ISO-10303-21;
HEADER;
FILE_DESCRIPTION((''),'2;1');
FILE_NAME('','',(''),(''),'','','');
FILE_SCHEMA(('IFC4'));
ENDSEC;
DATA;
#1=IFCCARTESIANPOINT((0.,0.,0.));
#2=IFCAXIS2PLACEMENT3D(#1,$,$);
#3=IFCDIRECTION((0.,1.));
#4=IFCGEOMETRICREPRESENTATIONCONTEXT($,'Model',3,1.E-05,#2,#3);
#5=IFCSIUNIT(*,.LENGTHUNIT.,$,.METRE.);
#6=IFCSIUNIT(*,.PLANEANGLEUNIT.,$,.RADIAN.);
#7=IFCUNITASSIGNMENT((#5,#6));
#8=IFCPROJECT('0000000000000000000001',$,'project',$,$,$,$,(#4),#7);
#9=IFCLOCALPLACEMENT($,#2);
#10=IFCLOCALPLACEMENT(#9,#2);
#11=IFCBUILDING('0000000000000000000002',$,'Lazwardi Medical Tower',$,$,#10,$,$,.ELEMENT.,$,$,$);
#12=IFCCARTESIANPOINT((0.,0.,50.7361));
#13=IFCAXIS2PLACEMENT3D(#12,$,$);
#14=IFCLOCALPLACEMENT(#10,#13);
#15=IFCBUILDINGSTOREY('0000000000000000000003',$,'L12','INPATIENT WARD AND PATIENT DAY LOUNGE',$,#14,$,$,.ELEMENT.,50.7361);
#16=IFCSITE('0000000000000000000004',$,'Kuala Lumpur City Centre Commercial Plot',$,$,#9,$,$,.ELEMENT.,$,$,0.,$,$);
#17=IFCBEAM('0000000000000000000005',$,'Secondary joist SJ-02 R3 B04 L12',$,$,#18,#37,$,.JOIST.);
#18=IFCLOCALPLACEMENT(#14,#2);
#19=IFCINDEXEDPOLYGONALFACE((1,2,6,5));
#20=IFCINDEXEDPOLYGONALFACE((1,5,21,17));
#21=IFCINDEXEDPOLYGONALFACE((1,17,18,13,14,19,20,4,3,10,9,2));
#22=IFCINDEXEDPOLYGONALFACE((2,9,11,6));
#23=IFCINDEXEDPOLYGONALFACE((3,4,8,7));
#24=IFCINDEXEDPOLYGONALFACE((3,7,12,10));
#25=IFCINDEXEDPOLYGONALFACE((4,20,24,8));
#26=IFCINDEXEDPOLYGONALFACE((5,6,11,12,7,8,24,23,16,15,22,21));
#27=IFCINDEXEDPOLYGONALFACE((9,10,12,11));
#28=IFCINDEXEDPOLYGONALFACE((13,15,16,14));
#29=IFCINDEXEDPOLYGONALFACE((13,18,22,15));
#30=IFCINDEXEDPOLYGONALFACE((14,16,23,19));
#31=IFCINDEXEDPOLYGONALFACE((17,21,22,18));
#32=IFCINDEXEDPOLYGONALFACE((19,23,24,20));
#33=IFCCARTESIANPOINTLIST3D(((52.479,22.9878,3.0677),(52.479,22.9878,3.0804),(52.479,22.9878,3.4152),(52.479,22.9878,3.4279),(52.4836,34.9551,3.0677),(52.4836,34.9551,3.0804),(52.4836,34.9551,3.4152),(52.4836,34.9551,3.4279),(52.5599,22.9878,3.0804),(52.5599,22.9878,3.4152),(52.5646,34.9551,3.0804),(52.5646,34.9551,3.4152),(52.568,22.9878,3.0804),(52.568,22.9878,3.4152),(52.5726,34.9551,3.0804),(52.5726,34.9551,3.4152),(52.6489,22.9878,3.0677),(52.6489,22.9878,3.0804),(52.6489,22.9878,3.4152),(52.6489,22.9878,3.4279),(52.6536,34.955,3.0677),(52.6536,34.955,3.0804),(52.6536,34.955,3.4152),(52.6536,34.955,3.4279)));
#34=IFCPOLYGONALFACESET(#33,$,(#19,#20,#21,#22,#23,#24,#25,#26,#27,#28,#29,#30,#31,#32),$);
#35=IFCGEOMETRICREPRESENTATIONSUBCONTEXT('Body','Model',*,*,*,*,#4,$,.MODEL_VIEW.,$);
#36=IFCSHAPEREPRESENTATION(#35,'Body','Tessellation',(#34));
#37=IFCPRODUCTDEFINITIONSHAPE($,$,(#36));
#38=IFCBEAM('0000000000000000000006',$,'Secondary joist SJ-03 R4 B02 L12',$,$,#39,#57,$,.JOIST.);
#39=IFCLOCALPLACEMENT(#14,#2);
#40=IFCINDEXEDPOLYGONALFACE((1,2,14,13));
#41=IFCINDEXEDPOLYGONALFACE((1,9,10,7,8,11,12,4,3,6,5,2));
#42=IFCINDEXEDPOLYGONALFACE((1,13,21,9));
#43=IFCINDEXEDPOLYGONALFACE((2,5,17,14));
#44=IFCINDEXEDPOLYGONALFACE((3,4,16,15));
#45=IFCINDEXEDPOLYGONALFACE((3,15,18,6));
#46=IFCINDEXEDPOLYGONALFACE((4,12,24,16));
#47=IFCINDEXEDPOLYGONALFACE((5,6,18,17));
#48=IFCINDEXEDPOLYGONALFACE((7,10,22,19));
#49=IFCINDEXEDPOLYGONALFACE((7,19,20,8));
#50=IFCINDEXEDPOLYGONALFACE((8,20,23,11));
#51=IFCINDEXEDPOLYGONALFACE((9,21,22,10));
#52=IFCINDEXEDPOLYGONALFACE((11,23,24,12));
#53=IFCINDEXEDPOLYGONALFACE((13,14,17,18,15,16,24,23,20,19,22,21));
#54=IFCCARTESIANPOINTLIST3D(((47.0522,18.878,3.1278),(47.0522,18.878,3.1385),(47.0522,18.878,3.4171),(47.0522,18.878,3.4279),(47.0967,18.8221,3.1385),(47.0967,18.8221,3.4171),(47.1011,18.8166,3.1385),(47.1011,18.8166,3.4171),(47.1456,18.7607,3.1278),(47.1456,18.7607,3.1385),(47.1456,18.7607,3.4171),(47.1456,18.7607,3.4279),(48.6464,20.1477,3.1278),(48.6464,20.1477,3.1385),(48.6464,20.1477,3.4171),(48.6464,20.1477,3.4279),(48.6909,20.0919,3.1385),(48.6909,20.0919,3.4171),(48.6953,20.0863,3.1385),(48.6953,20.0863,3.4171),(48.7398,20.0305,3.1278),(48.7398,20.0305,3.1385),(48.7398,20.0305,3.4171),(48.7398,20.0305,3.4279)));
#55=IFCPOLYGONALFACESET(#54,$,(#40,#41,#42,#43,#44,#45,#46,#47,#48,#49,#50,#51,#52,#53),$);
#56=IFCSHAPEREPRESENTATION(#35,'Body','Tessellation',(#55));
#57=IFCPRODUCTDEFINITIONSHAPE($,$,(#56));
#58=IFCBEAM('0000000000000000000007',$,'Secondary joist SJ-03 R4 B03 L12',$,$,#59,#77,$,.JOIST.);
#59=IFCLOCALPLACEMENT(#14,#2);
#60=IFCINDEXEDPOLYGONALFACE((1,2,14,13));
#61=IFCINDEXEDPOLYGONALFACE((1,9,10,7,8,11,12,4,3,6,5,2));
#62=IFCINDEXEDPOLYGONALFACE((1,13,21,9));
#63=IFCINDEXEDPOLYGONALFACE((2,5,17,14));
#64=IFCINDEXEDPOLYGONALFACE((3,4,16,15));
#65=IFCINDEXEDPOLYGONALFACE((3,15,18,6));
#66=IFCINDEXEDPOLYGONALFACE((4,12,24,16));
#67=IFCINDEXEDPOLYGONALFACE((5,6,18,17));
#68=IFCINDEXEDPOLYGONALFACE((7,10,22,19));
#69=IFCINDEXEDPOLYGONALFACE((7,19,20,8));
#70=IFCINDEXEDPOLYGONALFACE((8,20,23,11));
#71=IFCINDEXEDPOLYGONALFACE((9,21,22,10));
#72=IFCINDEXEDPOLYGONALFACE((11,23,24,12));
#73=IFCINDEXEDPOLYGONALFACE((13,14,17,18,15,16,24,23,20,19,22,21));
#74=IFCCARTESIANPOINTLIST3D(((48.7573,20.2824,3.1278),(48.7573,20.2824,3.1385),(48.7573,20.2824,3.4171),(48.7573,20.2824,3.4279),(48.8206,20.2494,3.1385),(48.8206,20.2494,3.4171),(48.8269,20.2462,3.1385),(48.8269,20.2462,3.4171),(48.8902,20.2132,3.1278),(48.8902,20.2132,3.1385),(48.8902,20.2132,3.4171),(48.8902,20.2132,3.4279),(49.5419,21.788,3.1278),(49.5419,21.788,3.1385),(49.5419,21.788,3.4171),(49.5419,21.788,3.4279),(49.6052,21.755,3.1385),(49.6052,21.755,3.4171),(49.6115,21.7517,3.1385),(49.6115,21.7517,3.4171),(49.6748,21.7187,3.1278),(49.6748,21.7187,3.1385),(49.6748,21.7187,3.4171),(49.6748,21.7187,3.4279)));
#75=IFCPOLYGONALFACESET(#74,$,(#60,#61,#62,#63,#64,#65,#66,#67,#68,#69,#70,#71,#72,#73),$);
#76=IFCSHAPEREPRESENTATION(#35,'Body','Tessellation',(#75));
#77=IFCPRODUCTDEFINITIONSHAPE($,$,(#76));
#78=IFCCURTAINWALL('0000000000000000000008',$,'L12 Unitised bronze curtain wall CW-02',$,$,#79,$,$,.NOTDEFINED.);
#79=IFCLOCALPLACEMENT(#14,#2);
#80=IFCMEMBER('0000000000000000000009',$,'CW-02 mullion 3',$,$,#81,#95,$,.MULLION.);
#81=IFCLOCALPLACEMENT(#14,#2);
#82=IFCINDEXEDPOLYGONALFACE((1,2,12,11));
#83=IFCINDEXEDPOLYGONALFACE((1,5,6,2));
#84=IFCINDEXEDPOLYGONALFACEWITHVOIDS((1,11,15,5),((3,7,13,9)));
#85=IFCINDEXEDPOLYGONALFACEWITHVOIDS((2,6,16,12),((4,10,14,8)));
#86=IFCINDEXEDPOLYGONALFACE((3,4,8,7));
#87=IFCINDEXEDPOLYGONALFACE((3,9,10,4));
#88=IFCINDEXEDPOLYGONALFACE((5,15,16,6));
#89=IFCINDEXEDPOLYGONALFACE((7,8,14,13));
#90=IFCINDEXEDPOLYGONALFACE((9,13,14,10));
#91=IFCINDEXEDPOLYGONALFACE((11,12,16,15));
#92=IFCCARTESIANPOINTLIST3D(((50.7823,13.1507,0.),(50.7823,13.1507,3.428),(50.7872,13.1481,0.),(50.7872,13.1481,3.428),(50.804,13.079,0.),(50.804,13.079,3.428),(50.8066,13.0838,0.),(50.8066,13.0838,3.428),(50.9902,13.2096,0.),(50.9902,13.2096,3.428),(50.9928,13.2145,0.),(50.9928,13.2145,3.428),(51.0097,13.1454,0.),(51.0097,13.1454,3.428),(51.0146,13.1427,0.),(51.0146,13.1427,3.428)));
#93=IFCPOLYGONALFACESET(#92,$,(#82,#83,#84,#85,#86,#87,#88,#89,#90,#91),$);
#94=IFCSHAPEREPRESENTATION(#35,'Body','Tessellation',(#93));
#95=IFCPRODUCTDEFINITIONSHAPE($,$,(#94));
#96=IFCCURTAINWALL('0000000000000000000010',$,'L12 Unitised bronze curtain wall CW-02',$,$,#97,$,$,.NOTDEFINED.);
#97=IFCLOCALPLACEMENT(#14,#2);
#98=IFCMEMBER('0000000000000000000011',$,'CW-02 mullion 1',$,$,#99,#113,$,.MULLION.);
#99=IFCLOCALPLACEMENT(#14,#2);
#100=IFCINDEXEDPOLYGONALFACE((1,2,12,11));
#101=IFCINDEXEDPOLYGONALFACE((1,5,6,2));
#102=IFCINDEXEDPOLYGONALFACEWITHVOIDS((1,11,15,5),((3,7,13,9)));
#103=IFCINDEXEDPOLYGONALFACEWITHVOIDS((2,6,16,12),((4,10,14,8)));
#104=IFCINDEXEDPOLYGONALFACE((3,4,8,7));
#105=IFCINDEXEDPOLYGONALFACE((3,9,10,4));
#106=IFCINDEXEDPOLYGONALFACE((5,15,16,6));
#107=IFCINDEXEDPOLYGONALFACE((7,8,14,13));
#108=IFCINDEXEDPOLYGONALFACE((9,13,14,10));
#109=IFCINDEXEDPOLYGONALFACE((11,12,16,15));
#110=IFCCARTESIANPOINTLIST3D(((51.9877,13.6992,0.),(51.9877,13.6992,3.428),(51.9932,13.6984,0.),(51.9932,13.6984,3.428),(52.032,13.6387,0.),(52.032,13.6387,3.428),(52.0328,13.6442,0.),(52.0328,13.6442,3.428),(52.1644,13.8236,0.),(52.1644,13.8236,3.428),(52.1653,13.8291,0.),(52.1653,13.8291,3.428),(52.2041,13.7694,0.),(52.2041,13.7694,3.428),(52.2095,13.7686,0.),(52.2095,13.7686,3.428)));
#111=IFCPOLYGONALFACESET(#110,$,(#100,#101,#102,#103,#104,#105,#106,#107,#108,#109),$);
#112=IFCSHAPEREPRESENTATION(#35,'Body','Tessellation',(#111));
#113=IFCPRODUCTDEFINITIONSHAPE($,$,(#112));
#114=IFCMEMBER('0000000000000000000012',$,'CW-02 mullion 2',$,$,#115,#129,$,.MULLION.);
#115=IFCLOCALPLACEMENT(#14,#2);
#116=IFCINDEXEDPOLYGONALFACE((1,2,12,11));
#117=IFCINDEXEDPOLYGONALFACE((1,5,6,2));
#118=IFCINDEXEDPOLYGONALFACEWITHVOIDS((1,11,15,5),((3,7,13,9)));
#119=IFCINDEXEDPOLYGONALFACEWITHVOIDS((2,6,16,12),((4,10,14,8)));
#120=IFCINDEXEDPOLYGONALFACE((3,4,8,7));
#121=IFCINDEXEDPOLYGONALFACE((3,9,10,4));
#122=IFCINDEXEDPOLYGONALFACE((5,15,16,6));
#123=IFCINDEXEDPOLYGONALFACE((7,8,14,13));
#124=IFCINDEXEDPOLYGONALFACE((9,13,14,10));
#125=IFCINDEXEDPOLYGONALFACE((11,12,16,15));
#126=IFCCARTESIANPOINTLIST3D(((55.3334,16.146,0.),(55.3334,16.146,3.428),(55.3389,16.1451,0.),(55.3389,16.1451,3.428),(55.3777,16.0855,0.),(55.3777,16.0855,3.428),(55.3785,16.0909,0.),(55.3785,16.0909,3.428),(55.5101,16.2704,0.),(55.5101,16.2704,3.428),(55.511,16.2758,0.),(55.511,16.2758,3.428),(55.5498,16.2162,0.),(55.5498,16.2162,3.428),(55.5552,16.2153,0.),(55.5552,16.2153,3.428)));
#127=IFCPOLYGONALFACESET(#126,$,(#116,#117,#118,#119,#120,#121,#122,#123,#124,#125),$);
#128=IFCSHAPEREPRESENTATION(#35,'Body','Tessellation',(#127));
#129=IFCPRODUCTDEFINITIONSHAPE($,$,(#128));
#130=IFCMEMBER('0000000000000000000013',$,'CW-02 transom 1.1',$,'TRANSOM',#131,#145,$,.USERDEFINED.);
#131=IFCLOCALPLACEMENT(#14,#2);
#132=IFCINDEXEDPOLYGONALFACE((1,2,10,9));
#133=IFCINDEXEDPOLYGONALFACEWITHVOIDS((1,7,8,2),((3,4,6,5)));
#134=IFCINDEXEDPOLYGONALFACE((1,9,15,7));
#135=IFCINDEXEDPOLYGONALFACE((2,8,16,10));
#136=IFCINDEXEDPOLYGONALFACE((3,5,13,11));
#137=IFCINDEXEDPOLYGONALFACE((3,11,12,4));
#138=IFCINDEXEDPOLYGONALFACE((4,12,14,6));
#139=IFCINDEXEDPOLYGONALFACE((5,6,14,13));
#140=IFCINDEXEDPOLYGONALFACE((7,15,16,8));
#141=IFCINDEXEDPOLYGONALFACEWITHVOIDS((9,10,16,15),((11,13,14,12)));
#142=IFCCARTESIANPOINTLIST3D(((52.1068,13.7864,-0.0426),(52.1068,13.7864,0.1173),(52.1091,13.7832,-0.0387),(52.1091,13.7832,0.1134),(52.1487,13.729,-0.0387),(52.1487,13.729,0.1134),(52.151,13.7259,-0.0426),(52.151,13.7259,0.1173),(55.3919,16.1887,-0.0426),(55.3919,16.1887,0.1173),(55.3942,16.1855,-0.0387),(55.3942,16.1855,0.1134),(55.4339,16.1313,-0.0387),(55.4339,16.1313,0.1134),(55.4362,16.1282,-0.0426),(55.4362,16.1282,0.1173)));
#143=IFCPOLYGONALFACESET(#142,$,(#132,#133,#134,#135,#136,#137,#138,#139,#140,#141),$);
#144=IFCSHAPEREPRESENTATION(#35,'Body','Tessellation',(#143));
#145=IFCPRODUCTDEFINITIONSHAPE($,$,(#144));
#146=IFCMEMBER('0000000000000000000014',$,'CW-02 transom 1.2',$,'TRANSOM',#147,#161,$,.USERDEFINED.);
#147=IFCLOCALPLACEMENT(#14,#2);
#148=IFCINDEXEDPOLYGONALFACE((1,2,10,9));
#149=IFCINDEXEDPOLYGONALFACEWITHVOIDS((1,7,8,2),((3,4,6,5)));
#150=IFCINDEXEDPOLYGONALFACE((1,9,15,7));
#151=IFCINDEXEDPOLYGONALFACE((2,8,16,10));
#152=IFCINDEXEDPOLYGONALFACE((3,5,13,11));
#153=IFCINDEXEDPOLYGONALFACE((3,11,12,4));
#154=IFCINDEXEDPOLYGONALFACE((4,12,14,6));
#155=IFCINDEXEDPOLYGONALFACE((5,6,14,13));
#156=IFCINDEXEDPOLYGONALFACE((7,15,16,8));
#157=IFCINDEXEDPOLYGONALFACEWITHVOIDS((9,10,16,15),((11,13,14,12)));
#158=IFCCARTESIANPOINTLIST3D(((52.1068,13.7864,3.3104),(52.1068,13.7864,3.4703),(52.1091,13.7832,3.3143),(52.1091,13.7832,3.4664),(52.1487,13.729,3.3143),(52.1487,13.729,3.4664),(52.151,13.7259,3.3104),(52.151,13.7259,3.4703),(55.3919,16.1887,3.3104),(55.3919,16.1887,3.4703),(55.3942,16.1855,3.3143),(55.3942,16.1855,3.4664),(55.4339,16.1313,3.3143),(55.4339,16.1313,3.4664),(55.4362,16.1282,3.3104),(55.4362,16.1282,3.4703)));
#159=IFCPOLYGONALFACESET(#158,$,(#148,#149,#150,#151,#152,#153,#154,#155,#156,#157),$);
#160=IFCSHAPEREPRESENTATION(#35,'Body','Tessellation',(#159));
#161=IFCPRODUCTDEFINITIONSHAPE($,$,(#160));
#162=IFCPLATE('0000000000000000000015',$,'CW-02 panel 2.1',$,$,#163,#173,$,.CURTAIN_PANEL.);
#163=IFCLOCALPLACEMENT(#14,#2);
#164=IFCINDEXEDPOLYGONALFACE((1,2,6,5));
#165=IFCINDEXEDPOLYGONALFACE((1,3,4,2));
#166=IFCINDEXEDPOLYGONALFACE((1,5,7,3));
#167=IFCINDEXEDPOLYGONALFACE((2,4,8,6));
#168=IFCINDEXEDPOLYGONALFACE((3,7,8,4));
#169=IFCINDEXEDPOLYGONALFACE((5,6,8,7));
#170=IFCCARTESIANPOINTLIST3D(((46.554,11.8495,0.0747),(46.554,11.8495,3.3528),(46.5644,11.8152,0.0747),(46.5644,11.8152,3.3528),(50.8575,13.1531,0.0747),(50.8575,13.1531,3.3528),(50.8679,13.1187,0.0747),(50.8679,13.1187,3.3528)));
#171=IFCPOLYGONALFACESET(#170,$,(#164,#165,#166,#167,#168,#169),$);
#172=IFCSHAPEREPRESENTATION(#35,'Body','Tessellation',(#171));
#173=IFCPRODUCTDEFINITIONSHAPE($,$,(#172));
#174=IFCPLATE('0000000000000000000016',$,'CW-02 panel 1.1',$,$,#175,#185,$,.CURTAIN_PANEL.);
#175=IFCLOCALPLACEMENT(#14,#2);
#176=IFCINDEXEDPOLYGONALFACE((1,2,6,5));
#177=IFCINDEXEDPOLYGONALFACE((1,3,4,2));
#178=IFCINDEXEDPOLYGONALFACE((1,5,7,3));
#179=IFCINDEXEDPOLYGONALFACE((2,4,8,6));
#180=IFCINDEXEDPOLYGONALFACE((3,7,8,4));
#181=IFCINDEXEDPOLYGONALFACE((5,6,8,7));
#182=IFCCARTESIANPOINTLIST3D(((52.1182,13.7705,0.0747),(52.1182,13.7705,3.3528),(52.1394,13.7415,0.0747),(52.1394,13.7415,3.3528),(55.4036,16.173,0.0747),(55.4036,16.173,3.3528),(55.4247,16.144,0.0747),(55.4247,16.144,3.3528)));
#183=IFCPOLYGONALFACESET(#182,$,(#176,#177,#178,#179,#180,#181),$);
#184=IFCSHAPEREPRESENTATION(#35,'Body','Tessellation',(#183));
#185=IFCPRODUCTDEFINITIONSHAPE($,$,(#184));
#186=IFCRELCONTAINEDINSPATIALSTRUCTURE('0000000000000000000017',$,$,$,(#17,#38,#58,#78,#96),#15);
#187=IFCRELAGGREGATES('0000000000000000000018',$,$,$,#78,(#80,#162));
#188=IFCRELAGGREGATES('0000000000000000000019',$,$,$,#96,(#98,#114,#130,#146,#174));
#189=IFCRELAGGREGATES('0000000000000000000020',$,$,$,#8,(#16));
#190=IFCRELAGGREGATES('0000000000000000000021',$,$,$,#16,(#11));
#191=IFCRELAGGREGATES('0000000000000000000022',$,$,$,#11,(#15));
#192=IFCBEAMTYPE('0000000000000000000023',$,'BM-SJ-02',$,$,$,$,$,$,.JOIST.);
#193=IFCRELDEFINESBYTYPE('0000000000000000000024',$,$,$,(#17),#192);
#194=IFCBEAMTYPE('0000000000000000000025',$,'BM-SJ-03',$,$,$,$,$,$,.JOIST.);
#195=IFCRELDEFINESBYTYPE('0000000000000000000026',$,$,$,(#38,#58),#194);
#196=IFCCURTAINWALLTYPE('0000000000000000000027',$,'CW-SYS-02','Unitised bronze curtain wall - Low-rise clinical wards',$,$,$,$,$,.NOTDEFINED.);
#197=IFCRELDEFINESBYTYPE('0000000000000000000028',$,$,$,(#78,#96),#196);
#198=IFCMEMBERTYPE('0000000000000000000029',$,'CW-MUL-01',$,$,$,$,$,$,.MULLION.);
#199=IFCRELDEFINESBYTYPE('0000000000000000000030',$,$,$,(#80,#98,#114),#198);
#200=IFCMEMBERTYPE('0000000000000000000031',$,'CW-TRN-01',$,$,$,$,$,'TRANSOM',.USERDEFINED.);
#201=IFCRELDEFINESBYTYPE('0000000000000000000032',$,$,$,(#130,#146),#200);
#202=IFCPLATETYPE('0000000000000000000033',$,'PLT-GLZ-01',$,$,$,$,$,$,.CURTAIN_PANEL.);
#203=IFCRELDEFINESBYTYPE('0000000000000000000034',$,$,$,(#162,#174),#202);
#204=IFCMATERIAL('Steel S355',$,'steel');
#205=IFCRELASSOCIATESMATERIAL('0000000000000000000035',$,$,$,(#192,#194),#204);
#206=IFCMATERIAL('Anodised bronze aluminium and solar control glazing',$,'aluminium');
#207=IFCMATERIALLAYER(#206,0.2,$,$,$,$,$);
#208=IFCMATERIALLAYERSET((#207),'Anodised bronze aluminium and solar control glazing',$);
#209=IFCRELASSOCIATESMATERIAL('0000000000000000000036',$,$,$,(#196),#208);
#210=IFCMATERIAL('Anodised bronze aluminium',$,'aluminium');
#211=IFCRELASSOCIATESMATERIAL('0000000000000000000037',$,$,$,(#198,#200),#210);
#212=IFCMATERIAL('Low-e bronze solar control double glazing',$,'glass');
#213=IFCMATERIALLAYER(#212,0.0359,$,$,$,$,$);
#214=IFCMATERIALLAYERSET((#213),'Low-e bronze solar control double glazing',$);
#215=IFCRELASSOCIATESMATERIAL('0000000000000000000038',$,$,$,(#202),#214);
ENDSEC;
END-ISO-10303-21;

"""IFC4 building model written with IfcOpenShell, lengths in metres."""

from ifc_helpers import new_model, si_unit, direction, frame, origin, origin_2d, place, context, subcontext, project, spatial, rectangle, hollow_rectangle, i_section, extrude, material, layer, layer_set, material_profile, profile_set, type_object, element, aggregate, save


model = new_model("IFC4")

# Units and contexts
model_context = context("Model", 3, precision=1e-05, world=origin(), true_north=direction((0.0, 1.0)))
body_context = subcontext(model_context, "Body", "Model", "MODEL_VIEW")
ifc_project = project(units=[si_unit("LENGTHUNIT", "METRE"), si_unit("PLANEANGLEUNIT", "RADIAN")], contexts=[model_context])

# Site, building, storey
site_placement = place(None, origin())
site = spatial("IfcSite", under=ifc_project, at=site_placement, Name="Kuala Lumpur City Centre Commercial Plot", CompositionType="ELEMENT", RefElevation=0.0)
building_placement = place(site_placement, origin())
building = spatial("IfcBuilding", under=site, at=building_placement, Name="Lazwardi Medical Tower", CompositionType="ELEMENT")
storey_placement = place(building_placement, frame((0.0, 0.0, 50.7361)))
storey = spatial("IfcBuildingStorey", under=building, at=storey_placement, Name="L12", Description="INPATIENT WARD AND PATIENT DAY LOUNGE", CompositionType="ELEMENT", Elevation=50.7361)

# Beams
ifc_material_1 = material(Name="Steel S355", Category="steel")
ifc_material_profile_1 = material_profile(ifc_material_1, i_section(OverallWidth=0.1699, OverallDepth=0.3601, WebThickness=0.0081, FlangeThickness=0.0127, at=origin_2d()), Name="IPE 360")
ifc_profile_set_1 = profile_set([ifc_material_profile_1], Name="Steel S355")
beam_type_1 = type_object("IfcBeamType", Name="BM-SJ-02", PredefinedType="JOIST", material=ifc_profile_set_1)
beam_1_placement = place(storey_placement, frame((52.564, 22.9878, 3.2478), z_axis=(0.000388, 1.0, 0.0), x_axis=(-1.0, 0.000388, 0.0)))
element("IfcBeam", 1, at=beam_1_placement, inside=storey, type_object=beam_type_1, Name="Secondary joist SJ-02 R3 B04 L12", PredefinedType="JOIST", context=body_context, shape_type="SweptSolid", body=[
    extrude(i_section(OverallWidth=0.1699, OverallDepth=0.3601, WebThickness=0.0081, FlangeThickness=0.0127, at=origin_2d()), origin(), (0.0, 0.0, 1.0), 11.9673),
])
ifc_material_profile_2 = material_profile(ifc_material_1, i_section(OverallWidth=0.1499, OverallDepth=0.3, WebThickness=0.0071, FlangeThickness=0.0107, at=origin_2d()), Name="IPE 300")
ifc_profile_set_2 = profile_set([ifc_material_profile_2], Name="Steel S355")
beam_type_2 = type_object("IfcBeamType", Name="BM-SJ-03", PredefinedType="JOIST", material=ifc_profile_set_2)
beam_2_placement = place(storey_placement, frame((47.0989, 18.8193, 3.2778), z_axis=(0.782211, 0.623014, 0.0), x_axis=(-0.623014, 0.782211, 0.0)))
element("IfcBeam", 2, at=beam_2_placement, inside=storey, type_object=beam_type_2, Name="Secondary joist SJ-03 R4 B02 L12", PredefinedType="JOIST", context=body_context, shape_type="SweptSolid", body=[
    extrude(i_section(OverallWidth=0.1499, OverallDepth=0.3, WebThickness=0.0071, FlangeThickness=0.0107, at=origin_2d()), origin(), (0.0, 0.0, 1.0), 2.0381),
])
beam_3_placement = place(storey_placement, frame((48.8237, 20.2478, 3.2778), z_axis=(0.462163, 0.886795, 0.0), x_axis=(-0.886795, 0.462163, 0.0)))
element("IfcBeam", 3, at=beam_3_placement, inside=storey, type_object=beam_type_2, Name="Secondary joist SJ-03 R4 B03 L12", PredefinedType="JOIST", context=body_context, shape_type="SweptSolid", body=[
    extrude(i_section(OverallWidth=0.1499, OverallDepth=0.3, WebThickness=0.0071, FlangeThickness=0.0107, at=origin_2d()), origin(), (0.0, 0.0, 1.0), 1.6978),
])

# Curtain wall, member
ifc_material_2 = material(Name="Anodised bronze aluminium and solar control glazing", Category="aluminium")
ifc_layer_1 = layer(ifc_material_2, 0.2)
ifc_layer_set_1 = layer_set([ifc_layer_1], Name="Anodised bronze aluminium and solar control glazing")
curtain_wall_type = type_object("IfcCurtainWallType", Name="CW-SYS-02", Description="Unitised bronze curtain wall - Low-rise clinical wards", PredefinedType="NOTDEFINED", material=ifc_layer_set_1)
curtain_wall_1_placement = place(storey_placement, origin())
curtain_wall_1 = element("IfcCurtainWall", 4, at=curtain_wall_1_placement, inside=storey, type_object=curtain_wall_type, Name="L12 Unitised bronze curtain wall CW-02", PredefinedType="NOTDEFINED")
ifc_material_3 = material(Name="Anodised bronze aluminium", Category="aluminium")
ifc_material_profile_3 = material_profile(ifc_material_3, hollow_rectangle(XDim=0.075, YDim=0.22, WallThickness=0.0039, at=origin_2d()), Name="ALU-MULLION 220x75x4")
ifc_profile_set_3 = profile_set([ifc_material_profile_3], Name="Anodised bronze aluminium")
member_type_1 = type_object("IfcMemberType", Name="CW-MUL-01", PredefinedType="MULLION", material=ifc_profile_set_3)
member_1_placement = place(storey_placement, frame((50.8984, 13.1467, 0.0), z_axis=(0.0, 0.0, 1.0), x_axis=(-0.289896, 0.957058, 0.0)))
member_1 = element("IfcMember", 5, at=member_1_placement, type_object=member_type_1, Name="CW-02 mullion 3", PredefinedType="MULLION", context=body_context, shape_type="SweptSolid", body=[
    extrude(hollow_rectangle(XDim=0.075, YDim=0.22, WallThickness=0.0039, at=origin_2d()), origin(), (0.0, 0.0, 1.0), 3.428),
])

# Curtain wall, members
curtain_wall_2_placement = place(storey_placement, origin())
curtain_wall_2 = element("IfcCurtainWall", 6, at=curtain_wall_2_placement, inside=storey, type_object=curtain_wall_type, Name="L12 Unitised bronze curtain wall CW-02", PredefinedType="NOTDEFINED")
member_2_placement = place(storey_placement, frame((52.0986, 13.7339, 0.0), z_axis=(0.0, 0.0, 1.0), x_axis=(-0.590289, 0.807192, 0.0)))
member_2 = element("IfcMember", 7, at=member_2_placement, type_object=member_type_1, Name="CW-02 mullion 1", PredefinedType="MULLION", context=body_context, shape_type="SweptSolid", body=[
    extrude(hollow_rectangle(XDim=0.075, YDim=0.22, WallThickness=0.0039, at=origin_2d()), origin(), (0.0, 0.0, 1.0), 3.428),
])
member_3_placement = place(storey_placement, frame((55.4443, 16.1807, 0.0), z_axis=(0.0, 0.0, 1.0), x_axis=(-0.590289, 0.807192, 0.0)))
member_3 = element("IfcMember", 8, at=member_3_placement, type_object=member_type_1, Name="CW-02 mullion 2", PredefinedType="MULLION", context=body_context, shape_type="SweptSolid", body=[
    extrude(hollow_rectangle(XDim=0.075, YDim=0.22, WallThickness=0.0039, at=origin_2d()), origin(), (0.0, 0.0, 1.0), 3.428),
])
ifc_material_profile_4 = material_profile(ifc_material_3, hollow_rectangle(XDim=0.075, YDim=0.1599, WallThickness=0.0039, at=origin_2d()), Name="ALU-TRANSOM 160x75x4")
ifc_profile_set_4 = profile_set([ifc_material_profile_4], Name="Anodised bronze aluminium")
member_type_2 = type_object("IfcMemberType", Name="CW-TRN-01", ElementType="TRANSOM", PredefinedType="USERDEFINED", material=ifc_profile_set_4)
member_4_placement = place(storey_placement, frame((52.1289, 13.7561, 0.0374), z_axis=(0.807198, 0.590281, 0.0), x_axis=(-0.590281, 0.807198, 0.0)))
member_4 = element("IfcMember", 9, at=member_4_placement, type_object=member_type_2, Name="CW-02 transom 1.1", ObjectType="TRANSOM", PredefinedType="USERDEFINED", context=body_context, shape_type="SweptSolid", body=[
    extrude(hollow_rectangle(XDim=0.075, YDim=0.1599, WallThickness=0.0039, at=origin_2d()), origin(), (0.0, 0.0, 1.0), 4.0698),
])
member_5_placement = place(storey_placement, frame((52.1289, 13.7561, 3.3904), z_axis=(0.807198, 0.590281, 0.0), x_axis=(-0.590281, 0.807198, 0.0)))
member_5 = element("IfcMember", 10, at=member_5_placement, type_object=member_type_2, Name="CW-02 transom 1.2", ObjectType="TRANSOM", PredefinedType="USERDEFINED", context=body_context, shape_type="SweptSolid", body=[
    extrude(hollow_rectangle(XDim=0.075, YDim=0.1599, WallThickness=0.0039, at=origin_2d()), origin(), (0.0, 0.0, 1.0), 4.0698),
])

# Plates
ifc_material_4 = material(Name="Low-e bronze solar control double glazing", Category="glass")
ifc_layer_2 = layer(ifc_material_4, 0.0359)
ifc_layer_set_2 = layer_set([ifc_layer_2], Name="Low-e bronze solar control double glazing")
plate_type = type_object("IfcPlateType", Name="PLT-GLZ-01", PredefinedType="CURTAIN_PANEL", material=ifc_layer_set_2)
plate_1_placement = place(storey_placement, frame((48.7109, 12.4841, 0.0747), z_axis=(0.0, 0.0, 1.0), x_axis=(0.957058, 0.289896, 0.0)))
plate_1 = element("IfcPlate", 11, at=plate_1_placement, type_object=plate_type, Name="CW-02 panel 2.1", PredefinedType="CURTAIN_PANEL", context=body_context, shape_type="SweptSolid", body=[
    extrude(rectangle(XDim=4.4966, YDim=0.0359, at=origin_2d()), origin(), (0.0, 0.0, 1.0), 3.2781),
])
aggregate(curtain_wall_1, [member_1, plate_1])
plate_2_placement = place(storey_placement, frame((53.7715, 14.9573, 0.0747), z_axis=(0.0, 0.0, 1.0), x_axis=(0.807192, 0.590289, 0.0)))
plate_2 = element("IfcPlate", 12, at=plate_2_placement, type_object=plate_type, Name="CW-02 panel 1.1", PredefinedType="CURTAIN_PANEL", context=body_context, shape_type="SweptSolid", body=[
    extrude(rectangle(XDim=4.0701, YDim=0.0359, at=origin_2d()), origin(), (0.0, 0.0, 1.0), 3.2781),
])
aggregate(curtain_wall_2, [member_2, member_3, member_4, member_5, plate_2])

save(model, "model.ifc")
